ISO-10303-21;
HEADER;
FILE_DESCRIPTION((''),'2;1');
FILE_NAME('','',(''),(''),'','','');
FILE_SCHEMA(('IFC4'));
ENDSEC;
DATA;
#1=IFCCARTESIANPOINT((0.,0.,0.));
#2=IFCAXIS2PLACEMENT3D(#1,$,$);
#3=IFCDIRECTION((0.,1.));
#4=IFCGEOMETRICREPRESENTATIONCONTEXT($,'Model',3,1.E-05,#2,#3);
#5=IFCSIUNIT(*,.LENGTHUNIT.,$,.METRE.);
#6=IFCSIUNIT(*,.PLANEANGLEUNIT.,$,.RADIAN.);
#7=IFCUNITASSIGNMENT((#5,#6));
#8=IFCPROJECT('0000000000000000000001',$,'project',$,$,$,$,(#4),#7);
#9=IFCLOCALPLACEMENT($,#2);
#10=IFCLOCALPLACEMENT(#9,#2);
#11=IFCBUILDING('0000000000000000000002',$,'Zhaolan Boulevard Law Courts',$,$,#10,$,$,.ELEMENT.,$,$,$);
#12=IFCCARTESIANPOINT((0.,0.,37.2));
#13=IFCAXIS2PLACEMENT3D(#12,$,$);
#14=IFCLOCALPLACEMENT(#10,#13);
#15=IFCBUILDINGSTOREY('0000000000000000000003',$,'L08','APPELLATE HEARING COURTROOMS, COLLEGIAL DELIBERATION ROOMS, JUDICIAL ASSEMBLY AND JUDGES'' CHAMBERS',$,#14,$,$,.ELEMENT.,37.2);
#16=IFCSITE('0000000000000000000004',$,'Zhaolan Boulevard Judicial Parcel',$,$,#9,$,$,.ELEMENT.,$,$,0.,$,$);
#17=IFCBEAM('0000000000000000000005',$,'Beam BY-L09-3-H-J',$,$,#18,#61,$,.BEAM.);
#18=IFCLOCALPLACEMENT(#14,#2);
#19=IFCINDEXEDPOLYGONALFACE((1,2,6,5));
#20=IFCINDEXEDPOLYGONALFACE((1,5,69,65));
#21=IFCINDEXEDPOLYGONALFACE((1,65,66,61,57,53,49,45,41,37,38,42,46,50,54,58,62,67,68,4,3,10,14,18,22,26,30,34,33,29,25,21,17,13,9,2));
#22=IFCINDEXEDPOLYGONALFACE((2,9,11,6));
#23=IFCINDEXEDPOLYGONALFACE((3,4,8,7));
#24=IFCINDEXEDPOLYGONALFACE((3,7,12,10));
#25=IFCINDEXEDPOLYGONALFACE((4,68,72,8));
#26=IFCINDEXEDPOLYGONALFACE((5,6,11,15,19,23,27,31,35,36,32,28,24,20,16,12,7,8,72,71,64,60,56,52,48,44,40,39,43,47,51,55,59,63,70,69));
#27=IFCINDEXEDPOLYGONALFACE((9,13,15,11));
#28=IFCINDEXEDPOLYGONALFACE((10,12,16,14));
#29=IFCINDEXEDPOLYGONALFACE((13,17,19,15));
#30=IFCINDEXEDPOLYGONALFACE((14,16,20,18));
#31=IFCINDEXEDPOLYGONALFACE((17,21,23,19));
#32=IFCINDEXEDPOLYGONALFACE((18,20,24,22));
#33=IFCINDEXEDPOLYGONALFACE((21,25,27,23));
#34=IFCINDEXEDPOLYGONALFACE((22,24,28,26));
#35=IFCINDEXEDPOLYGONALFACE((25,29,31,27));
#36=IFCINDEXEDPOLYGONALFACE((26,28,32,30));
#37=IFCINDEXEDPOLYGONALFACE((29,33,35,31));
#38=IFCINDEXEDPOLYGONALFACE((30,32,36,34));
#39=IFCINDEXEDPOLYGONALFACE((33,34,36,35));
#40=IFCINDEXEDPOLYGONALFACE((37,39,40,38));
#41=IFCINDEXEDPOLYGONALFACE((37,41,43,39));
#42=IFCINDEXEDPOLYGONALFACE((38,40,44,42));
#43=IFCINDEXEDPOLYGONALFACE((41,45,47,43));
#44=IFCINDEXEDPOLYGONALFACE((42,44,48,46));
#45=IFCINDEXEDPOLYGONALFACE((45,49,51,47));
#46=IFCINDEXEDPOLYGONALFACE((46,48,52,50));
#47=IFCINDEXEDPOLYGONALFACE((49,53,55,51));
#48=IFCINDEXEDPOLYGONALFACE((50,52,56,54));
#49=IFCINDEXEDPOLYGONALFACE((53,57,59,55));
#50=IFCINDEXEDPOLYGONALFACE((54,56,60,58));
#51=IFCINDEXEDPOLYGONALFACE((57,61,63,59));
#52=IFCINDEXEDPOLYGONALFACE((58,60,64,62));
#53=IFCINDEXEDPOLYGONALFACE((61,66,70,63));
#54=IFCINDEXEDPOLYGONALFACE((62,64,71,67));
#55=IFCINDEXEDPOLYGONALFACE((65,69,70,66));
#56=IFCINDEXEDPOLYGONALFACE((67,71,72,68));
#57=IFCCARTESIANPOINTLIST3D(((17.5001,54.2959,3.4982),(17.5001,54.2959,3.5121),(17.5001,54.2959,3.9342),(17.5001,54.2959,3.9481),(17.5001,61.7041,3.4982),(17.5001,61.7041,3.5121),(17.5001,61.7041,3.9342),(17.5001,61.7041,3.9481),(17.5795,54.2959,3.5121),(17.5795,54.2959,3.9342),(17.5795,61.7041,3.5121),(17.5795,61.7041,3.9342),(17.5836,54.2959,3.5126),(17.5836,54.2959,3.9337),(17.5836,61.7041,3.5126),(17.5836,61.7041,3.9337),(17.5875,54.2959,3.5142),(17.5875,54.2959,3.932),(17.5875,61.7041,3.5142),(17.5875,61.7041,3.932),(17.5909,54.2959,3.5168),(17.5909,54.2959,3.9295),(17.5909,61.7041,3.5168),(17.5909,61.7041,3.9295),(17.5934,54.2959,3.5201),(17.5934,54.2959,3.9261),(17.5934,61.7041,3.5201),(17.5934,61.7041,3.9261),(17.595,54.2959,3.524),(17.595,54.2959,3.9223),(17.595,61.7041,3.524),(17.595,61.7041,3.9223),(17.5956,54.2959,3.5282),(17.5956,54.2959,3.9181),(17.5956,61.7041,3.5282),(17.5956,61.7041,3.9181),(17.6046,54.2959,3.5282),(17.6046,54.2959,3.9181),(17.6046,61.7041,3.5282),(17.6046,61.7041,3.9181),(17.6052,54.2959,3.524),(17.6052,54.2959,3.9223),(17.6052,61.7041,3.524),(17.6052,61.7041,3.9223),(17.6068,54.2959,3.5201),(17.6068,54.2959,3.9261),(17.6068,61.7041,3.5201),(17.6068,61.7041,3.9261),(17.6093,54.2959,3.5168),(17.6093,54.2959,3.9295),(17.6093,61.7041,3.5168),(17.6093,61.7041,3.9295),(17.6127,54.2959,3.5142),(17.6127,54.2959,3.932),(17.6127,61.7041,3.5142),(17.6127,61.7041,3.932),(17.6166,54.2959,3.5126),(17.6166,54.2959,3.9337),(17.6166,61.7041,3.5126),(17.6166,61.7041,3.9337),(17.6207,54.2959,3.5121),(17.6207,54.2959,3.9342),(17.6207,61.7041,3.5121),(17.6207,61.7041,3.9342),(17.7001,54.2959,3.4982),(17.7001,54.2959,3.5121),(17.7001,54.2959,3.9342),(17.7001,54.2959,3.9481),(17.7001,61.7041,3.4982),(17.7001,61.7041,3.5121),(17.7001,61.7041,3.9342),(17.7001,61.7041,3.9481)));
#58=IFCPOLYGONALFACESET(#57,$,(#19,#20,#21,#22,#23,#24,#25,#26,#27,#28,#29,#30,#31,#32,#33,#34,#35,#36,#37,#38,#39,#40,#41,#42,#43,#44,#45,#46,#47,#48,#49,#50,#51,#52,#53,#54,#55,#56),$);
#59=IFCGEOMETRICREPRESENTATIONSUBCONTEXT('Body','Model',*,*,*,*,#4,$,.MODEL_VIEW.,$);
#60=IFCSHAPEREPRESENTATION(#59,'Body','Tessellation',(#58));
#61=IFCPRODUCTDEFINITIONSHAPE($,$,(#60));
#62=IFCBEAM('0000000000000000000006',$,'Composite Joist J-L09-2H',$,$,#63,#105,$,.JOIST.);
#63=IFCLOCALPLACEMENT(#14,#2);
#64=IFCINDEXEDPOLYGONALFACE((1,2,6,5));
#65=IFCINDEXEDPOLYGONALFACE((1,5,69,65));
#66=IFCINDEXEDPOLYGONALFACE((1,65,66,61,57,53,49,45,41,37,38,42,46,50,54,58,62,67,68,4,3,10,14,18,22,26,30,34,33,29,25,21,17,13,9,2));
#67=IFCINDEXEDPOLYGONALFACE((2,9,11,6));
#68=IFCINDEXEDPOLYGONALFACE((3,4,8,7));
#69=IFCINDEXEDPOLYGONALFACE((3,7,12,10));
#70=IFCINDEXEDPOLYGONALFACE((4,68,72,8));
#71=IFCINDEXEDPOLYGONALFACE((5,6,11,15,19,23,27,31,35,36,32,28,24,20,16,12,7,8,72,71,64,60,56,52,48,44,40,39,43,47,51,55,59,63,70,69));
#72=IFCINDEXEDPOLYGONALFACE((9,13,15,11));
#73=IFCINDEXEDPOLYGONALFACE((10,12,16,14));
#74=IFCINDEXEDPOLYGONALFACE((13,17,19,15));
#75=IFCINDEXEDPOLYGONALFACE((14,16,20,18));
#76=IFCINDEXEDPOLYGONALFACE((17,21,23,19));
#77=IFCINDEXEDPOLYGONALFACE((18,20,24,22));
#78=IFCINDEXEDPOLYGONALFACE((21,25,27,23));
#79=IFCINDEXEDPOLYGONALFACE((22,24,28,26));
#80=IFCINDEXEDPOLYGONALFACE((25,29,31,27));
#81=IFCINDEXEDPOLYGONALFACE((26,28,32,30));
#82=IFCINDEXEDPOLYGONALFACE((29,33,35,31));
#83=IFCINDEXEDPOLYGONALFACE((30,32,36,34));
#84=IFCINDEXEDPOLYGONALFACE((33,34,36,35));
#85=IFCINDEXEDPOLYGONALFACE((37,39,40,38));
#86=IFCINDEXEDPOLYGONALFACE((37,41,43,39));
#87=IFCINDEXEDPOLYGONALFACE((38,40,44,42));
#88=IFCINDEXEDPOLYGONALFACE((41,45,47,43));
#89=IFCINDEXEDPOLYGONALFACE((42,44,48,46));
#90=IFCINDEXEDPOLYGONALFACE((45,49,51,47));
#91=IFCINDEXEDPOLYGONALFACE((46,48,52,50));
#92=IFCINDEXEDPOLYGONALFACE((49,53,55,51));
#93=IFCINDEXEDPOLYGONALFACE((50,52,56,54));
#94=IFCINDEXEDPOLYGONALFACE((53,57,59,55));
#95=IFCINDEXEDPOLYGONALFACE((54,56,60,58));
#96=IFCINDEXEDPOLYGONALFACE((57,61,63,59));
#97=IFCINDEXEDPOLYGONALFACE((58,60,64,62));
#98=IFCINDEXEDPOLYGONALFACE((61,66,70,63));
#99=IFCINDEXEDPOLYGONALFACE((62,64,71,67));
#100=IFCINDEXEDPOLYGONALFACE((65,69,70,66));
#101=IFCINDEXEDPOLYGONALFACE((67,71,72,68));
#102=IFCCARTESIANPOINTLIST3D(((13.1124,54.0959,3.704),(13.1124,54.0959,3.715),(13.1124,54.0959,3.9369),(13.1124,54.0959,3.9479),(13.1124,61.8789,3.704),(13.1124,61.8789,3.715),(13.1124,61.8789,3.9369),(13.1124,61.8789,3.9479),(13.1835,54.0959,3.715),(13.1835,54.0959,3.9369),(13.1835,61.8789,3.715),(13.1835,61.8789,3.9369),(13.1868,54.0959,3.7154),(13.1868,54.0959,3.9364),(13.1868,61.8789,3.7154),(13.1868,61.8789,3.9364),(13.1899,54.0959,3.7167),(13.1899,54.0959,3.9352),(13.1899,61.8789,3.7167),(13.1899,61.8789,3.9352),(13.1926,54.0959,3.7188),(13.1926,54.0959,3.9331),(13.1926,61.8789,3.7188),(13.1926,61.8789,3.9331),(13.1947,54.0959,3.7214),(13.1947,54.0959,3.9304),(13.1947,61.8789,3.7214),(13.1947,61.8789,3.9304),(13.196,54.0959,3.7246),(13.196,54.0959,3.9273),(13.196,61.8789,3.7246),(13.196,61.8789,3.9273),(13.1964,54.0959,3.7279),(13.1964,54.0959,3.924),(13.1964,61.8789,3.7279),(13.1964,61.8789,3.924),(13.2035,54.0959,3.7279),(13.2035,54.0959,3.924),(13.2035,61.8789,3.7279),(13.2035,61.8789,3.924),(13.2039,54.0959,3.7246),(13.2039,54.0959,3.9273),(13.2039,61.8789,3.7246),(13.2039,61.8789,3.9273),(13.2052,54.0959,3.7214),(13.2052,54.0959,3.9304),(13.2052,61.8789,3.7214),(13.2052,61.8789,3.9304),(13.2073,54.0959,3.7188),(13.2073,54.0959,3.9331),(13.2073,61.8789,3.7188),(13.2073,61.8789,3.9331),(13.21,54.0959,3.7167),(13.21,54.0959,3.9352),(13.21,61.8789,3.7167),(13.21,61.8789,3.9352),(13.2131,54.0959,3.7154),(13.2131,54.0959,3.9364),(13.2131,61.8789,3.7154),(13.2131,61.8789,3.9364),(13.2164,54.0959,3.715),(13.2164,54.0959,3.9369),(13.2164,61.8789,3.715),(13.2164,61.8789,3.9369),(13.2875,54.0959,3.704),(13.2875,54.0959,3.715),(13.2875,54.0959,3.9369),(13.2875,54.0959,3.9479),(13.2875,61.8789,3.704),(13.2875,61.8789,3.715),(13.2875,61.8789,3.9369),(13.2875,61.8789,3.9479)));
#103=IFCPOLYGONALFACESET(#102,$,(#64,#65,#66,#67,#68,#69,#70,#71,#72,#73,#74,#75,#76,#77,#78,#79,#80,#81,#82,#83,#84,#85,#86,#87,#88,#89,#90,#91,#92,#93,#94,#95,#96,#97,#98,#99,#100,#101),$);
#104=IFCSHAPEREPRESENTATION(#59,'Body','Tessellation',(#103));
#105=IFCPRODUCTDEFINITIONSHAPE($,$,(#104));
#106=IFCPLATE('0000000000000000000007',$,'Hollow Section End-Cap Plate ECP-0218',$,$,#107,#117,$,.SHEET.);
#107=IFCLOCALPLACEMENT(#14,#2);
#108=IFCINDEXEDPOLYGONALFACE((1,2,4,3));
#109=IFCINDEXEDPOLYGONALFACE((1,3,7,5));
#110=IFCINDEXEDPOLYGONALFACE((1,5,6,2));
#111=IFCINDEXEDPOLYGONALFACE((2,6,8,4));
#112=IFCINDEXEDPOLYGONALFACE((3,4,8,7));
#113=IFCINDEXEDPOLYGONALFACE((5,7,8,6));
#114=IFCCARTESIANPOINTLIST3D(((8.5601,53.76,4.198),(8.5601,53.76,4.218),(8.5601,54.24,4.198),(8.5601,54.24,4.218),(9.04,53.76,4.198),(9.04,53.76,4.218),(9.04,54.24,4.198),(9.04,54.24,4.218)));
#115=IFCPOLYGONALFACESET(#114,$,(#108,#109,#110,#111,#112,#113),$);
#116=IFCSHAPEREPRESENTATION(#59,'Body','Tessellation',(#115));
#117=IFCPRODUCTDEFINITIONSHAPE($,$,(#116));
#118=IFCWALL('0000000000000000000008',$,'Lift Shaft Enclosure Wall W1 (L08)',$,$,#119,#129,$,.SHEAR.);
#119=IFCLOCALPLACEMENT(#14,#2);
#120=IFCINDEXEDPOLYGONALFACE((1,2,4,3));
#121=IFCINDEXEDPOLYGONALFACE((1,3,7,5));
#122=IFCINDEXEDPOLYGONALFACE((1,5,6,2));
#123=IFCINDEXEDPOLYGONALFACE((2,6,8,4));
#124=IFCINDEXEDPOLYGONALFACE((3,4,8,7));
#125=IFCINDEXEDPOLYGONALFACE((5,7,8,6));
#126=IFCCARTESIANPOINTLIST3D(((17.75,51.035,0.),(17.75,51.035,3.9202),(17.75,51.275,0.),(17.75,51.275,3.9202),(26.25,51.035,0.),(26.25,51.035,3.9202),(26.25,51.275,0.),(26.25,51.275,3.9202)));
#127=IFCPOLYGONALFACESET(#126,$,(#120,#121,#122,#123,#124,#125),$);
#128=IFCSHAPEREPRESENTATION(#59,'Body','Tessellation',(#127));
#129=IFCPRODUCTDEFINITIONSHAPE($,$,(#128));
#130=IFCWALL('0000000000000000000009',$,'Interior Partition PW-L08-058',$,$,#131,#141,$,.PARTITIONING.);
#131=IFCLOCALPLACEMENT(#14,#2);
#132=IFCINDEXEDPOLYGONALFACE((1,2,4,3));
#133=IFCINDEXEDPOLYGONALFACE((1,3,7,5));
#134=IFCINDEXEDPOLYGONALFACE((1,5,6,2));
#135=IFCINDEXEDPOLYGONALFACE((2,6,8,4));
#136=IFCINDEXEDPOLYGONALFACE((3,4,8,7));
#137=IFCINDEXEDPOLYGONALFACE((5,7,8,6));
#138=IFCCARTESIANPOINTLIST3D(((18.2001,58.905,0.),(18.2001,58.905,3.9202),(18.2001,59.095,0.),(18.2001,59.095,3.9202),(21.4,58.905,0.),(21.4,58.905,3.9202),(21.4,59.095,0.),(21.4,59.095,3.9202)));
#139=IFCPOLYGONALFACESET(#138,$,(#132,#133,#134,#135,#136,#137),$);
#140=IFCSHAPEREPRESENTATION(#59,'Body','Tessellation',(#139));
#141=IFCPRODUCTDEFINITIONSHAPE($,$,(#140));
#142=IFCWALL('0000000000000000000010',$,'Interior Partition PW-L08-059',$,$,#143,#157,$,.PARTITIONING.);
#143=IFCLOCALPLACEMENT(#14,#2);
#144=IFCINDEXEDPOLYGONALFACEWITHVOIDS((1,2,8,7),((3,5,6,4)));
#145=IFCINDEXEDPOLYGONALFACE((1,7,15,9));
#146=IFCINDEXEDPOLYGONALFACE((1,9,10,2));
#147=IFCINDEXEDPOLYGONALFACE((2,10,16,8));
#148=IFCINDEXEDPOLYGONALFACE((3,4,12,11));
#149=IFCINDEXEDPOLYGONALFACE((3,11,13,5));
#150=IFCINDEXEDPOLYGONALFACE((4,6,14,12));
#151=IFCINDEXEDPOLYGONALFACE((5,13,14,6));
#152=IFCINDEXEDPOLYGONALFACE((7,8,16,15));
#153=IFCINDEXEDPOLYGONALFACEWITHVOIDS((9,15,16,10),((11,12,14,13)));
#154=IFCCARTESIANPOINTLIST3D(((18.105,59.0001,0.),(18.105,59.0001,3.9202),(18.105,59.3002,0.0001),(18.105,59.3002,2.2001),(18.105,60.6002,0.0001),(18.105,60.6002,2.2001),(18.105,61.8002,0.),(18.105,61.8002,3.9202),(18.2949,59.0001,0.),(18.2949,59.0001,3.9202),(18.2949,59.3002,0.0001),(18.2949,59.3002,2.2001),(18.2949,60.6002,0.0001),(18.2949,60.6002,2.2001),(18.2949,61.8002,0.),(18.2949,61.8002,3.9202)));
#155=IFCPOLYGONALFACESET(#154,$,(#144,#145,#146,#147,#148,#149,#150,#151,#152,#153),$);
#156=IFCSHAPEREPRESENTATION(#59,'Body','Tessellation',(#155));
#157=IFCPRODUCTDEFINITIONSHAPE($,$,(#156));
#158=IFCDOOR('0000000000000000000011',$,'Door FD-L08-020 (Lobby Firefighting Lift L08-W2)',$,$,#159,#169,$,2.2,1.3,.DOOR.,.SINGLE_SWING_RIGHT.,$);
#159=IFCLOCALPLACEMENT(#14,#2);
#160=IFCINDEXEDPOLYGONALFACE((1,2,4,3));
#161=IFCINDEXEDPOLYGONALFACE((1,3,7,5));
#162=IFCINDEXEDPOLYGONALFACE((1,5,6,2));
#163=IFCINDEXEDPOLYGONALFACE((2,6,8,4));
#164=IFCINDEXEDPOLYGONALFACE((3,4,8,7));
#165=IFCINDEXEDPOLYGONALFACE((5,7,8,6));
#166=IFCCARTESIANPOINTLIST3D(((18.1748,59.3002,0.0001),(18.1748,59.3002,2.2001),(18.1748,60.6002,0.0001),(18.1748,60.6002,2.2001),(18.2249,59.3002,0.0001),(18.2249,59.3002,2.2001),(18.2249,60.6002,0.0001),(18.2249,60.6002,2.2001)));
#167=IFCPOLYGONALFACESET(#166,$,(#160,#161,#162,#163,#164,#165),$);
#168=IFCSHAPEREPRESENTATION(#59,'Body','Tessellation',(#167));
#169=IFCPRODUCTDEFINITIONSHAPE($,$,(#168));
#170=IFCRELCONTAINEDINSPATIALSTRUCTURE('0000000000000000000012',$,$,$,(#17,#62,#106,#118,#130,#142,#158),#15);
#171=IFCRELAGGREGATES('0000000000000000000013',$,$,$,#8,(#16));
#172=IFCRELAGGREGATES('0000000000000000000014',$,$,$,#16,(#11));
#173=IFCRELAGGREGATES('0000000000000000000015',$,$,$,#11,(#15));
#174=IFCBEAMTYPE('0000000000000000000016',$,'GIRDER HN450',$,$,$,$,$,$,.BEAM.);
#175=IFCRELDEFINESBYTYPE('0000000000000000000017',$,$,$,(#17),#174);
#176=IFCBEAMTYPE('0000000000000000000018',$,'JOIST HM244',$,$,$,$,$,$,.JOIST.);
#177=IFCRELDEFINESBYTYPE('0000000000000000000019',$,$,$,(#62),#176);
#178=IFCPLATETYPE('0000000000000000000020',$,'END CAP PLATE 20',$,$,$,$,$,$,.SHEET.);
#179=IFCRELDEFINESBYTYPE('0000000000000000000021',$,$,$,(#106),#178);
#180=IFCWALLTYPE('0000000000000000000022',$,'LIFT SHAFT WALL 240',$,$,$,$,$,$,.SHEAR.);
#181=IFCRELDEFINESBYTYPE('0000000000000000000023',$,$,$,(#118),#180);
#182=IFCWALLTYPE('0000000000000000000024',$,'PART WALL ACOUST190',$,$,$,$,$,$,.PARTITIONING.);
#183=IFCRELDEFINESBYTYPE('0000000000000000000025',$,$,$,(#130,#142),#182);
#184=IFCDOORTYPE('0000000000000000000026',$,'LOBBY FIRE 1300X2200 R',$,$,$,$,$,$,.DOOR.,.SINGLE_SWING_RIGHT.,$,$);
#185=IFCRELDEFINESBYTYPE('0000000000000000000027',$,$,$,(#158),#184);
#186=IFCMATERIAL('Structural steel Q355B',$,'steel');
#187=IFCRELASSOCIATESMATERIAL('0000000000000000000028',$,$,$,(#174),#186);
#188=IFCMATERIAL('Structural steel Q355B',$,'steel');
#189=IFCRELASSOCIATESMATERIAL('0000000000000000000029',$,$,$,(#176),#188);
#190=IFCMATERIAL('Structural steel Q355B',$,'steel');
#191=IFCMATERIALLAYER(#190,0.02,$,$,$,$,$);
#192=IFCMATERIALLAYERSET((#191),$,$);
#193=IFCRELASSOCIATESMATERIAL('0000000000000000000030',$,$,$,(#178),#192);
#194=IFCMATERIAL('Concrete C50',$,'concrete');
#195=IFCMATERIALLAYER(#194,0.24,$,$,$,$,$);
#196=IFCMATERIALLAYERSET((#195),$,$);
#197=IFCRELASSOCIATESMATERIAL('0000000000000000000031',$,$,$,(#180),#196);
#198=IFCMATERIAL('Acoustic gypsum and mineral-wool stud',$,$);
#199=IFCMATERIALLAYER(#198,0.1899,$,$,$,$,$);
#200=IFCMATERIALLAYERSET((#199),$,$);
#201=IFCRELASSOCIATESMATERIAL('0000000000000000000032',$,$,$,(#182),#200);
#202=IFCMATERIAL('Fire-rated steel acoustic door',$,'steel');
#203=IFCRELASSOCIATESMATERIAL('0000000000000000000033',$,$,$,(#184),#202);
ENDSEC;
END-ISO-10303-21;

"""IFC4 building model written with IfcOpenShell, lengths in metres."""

from ifc_helpers import new_model, si_unit, direction, frame, frame_2d, origin, origin_2d, place, context, subcontext, project, spatial, rectangle, i_section, extrude, material, layer, layer_set, material_profile, profile_set, type_object, element, fill, save


model = new_model("IFC4")

# Units and contexts
model_context = context("Model", 3, precision=1e-05, world=origin(), true_north=direction((0.0, 1.0)))
body_context = subcontext(model_context, "Body", "Model", "MODEL_VIEW")
ifc_project = project(units=[si_unit("LENGTHUNIT", "METRE"), si_unit("PLANEANGLEUNIT", "RADIAN")], contexts=[model_context])

# Site, building, storey
site_placement = place(None, origin())
site = spatial("IfcSite", under=ifc_project, at=site_placement, Name="Zhaolan Boulevard Judicial Parcel", CompositionType="ELEMENT", RefElevation=0.0)
building_placement = place(site_placement, origin())
building = spatial("IfcBuilding", under=site, at=building_placement, Name="Zhaolan Boulevard Law Courts", CompositionType="ELEMENT")
storey_placement = place(building_placement, frame((0.0, 0.0, 37.2)))
storey = spatial("IfcBuildingStorey", under=building, at=storey_placement, Name="L08", Description="APPELLATE HEARING COURTROOMS, COLLEGIAL DELIBERATION ROOMS, JUDICIAL ASSEMBLY AND JUDGES' CHAMBERS", CompositionType="ELEMENT", Elevation=37.2)

# Beams
ifc_material_1 = material(Name="Structural steel Q355B", Category="steel")
ifc_material_profile_1 = material_profile(ifc_material_1, i_section(OverallWidth=0.2, OverallDepth=0.45, WebThickness=0.009, FlangeThickness=0.0139, FilletRadius=0.0161, at=origin_2d()), Name="HN450x200")
ifc_profile_set_1 = profile_set([ifc_material_profile_1], Name="Structural steel Q355B")
beam_type_1 = type_object("IfcBeamType", Name="GIRDER HN450", PredefinedType="BEAM", material=ifc_profile_set_1)
beam_1_placement = place(storey_placement, frame((17.6001, 54.2959, 3.7231), z_axis=(0.0, 1.0, 0.0), x_axis=(-1.0, 0.0, 0.0)))
element("IfcBeam", 1, at=beam_1_placement, inside=storey, type_object=beam_type_1, Name="Beam BY-L09-3-H-J", PredefinedType="BEAM", context=body_context, shape_type="SweptSolid", body=[
    extrude(i_section(OverallWidth=0.2, OverallDepth=0.45, WebThickness=0.009, FlangeThickness=0.0139, FilletRadius=0.0161, at=origin_2d()), origin(), (0.0, 0.0, 1.0), 7.4082),
])
ifc_material_2 = material(Name="Structural steel Q355B", Category="steel")
ifc_material_profile_2 = material_profile(ifc_material_2, i_section(OverallWidth=0.175, OverallDepth=0.2439, WebThickness=0.0071, FlangeThickness=0.011, FilletRadius=0.0129, at=origin_2d()), Name="HM244x175")
ifc_profile_set_2 = profile_set([ifc_material_profile_2], Name="Structural steel Q355B")
beam_type_2 = type_object("IfcBeamType", Name="JOIST HM244", PredefinedType="JOIST", material=ifc_profile_set_2)
beam_2_placement = place(storey_placement, frame((13.2, 54.0959, 3.8259), z_axis=(0.0, 1.0, 0.0), x_axis=(-1.0, 0.0, 0.0)))
element("IfcBeam", 2, at=beam_2_placement, inside=storey, type_object=beam_type_2, Name="Composite Joist J-L09-2H", PredefinedType="JOIST", context=body_context, shape_type="SweptSolid", body=[
    extrude(i_section(OverallWidth=0.175, OverallDepth=0.2439, WebThickness=0.0071, FlangeThickness=0.011, FilletRadius=0.0129, at=origin_2d()), origin(), (0.0, 0.0, 1.0), 7.783),
])

# Plate
ifc_material_3 = material(Name="Structural steel Q355B", Category="steel")
ifc_layer_1 = layer(ifc_material_3, 0.02)
ifc_layer_set_1 = layer_set([ifc_layer_1])
plate_type = type_object("IfcPlateType", Name="END CAP PLATE 20", PredefinedType="SHEET", material=ifc_layer_set_1)
plate_placement = place(storey_placement, frame((8.8, 54.0, 4.198), z_axis=(0.0, 0.0, 1.0), x_axis=(1.0, 0.0, 0.0)))
element("IfcPlate", 3, at=plate_placement, inside=storey, type_object=plate_type, Name="Hollow Section End-Cap Plate ECP-0218", PredefinedType="SHEET", context=body_context, shape_type="SweptSolid", body=[
    extrude(rectangle(XDim=0.48, YDim=0.48, at=origin_2d()), origin(), (0.0, 0.0, 1.0), 0.02),
])

# Walls
ifc_material_4 = material(Name="Concrete C50", Category="concrete")
ifc_layer_2 = layer(ifc_material_4, 0.24)
ifc_layer_set_2 = layer_set([ifc_layer_2])
wall_type_1 = type_object("IfcWallType", Name="LIFT SHAFT WALL 240", PredefinedType="SHEAR", material=ifc_layer_set_2)
wall_1_placement = place(storey_placement, frame((17.75, 51.155, 0.0), z_axis=(0.0, 0.0, 1.0), x_axis=(1.0, 0.0, 0.0)))
element("IfcWall", 4, at=wall_1_placement, inside=storey, type_object=wall_type_1, Name="Lift Shaft Enclosure Wall W1 (L08)", PredefinedType="SHEAR", context=body_context, shape_type="SweptSolid", body=[
    extrude(rectangle(XDim=8.5, YDim=0.24, at=frame_2d((4.25, 0.0))), origin(), (0.0, 0.0, 1.0), 3.9202),
])
ifc_material_5 = material(Name="Acoustic gypsum and mineral-wool stud")
ifc_layer_3 = layer(ifc_material_5, 0.1899)
ifc_layer_set_3 = layer_set([ifc_layer_3])
wall_type_2 = type_object("IfcWallType", Name="PART WALL ACOUST190", PredefinedType="PARTITIONING", material=ifc_layer_set_3)
wall_2_placement = place(storey_placement, frame((18.2, 59.0, 0.0), z_axis=(0.0, 0.0, 1.0), x_axis=(1.0, 0.0, 0.0)))
element("IfcWall", 5, at=wall_2_placement, inside=storey, type_object=wall_type_2, Name="Interior Partition PW-L08-058", PredefinedType="PARTITIONING", context=body_context, shape_type="SweptSolid", body=[
    extrude(rectangle(XDim=3.2, YDim=0.1899, at=frame_2d((1.6001, 0.0))), origin(), (0.0, 0.0, 1.0), 3.9202),
])

# Wall, opening, door
wall_3_placement = place(storey_placement, frame((18.2, 61.8, 0.0), z_axis=(0.0, 0.0, 1.0), x_axis=(0.0, -1.0, 0.0)))
wall_3 = element("IfcWall", 6, at=wall_3_placement, inside=storey, type_object=wall_type_2, Name="Interior Partition PW-L08-059", PredefinedType="PARTITIONING", context=body_context, shape_type="SweptSolid", body=[
    extrude(rectangle(XDim=2.8, YDim=0.1899, at=frame_2d((1.3999, 0.0))), origin(), (0.0, 0.0, 1.0), 3.9202),
])
opening_1_placement = place(wall_3_placement, frame((1.2, 0.0, 0.0)))
opening_1 = element("IfcOpeningElement", 7, at=opening_1_placement, cuts=wall_3, PredefinedType="OPENING", context=body_context, shape_type="SweptSolid", body=[
    extrude(rectangle(XDim=1.3, YDim=2.2, at=frame_2d((0.6499, 1.1001))), frame((0.0, 0.105, 0.0), z_axis=(0.0, -1.0, 0.0), x_axis=(1.0, 0.0, 0.0)), (0.0, 0.0, 1.0), 0.21),
])
ifc_material_6 = material(Name="Fire-rated steel acoustic door", Category="steel")
door_type_1 = type_object("IfcDoorType", Name="LOBBY FIRE 1300X2200 R", OperationType="SINGLE_SWING_RIGHT", PredefinedType="DOOR", material=ifc_material_6)
door_1_placement = place(opening_1_placement, origin())
door_1 = element("IfcDoor", 8, at=door_1_placement, inside=storey, type_object=door_type_1, Name="Door FD-L08-020 (Lobby Firefighting Lift L08-W2)", OperationType="SINGLE_SWING_RIGHT", OverallHeight=2.2, OverallWidth=1.3, PredefinedType="DOOR", context=body_context, shape_type="SweptSolid", body=[
    extrude(rectangle(XDim=1.3, YDim=2.2, at=frame_2d((0.6499, 1.1001))), frame((0.0, 0.0249, 0.0), z_axis=(0.0, -1.0, 0.0), x_axis=(1.0, 0.0, 0.0)), (0.0, 0.0, 1.0), 0.05),
])
fill(opening_1, door_1)

save(model, "model.ifc")
